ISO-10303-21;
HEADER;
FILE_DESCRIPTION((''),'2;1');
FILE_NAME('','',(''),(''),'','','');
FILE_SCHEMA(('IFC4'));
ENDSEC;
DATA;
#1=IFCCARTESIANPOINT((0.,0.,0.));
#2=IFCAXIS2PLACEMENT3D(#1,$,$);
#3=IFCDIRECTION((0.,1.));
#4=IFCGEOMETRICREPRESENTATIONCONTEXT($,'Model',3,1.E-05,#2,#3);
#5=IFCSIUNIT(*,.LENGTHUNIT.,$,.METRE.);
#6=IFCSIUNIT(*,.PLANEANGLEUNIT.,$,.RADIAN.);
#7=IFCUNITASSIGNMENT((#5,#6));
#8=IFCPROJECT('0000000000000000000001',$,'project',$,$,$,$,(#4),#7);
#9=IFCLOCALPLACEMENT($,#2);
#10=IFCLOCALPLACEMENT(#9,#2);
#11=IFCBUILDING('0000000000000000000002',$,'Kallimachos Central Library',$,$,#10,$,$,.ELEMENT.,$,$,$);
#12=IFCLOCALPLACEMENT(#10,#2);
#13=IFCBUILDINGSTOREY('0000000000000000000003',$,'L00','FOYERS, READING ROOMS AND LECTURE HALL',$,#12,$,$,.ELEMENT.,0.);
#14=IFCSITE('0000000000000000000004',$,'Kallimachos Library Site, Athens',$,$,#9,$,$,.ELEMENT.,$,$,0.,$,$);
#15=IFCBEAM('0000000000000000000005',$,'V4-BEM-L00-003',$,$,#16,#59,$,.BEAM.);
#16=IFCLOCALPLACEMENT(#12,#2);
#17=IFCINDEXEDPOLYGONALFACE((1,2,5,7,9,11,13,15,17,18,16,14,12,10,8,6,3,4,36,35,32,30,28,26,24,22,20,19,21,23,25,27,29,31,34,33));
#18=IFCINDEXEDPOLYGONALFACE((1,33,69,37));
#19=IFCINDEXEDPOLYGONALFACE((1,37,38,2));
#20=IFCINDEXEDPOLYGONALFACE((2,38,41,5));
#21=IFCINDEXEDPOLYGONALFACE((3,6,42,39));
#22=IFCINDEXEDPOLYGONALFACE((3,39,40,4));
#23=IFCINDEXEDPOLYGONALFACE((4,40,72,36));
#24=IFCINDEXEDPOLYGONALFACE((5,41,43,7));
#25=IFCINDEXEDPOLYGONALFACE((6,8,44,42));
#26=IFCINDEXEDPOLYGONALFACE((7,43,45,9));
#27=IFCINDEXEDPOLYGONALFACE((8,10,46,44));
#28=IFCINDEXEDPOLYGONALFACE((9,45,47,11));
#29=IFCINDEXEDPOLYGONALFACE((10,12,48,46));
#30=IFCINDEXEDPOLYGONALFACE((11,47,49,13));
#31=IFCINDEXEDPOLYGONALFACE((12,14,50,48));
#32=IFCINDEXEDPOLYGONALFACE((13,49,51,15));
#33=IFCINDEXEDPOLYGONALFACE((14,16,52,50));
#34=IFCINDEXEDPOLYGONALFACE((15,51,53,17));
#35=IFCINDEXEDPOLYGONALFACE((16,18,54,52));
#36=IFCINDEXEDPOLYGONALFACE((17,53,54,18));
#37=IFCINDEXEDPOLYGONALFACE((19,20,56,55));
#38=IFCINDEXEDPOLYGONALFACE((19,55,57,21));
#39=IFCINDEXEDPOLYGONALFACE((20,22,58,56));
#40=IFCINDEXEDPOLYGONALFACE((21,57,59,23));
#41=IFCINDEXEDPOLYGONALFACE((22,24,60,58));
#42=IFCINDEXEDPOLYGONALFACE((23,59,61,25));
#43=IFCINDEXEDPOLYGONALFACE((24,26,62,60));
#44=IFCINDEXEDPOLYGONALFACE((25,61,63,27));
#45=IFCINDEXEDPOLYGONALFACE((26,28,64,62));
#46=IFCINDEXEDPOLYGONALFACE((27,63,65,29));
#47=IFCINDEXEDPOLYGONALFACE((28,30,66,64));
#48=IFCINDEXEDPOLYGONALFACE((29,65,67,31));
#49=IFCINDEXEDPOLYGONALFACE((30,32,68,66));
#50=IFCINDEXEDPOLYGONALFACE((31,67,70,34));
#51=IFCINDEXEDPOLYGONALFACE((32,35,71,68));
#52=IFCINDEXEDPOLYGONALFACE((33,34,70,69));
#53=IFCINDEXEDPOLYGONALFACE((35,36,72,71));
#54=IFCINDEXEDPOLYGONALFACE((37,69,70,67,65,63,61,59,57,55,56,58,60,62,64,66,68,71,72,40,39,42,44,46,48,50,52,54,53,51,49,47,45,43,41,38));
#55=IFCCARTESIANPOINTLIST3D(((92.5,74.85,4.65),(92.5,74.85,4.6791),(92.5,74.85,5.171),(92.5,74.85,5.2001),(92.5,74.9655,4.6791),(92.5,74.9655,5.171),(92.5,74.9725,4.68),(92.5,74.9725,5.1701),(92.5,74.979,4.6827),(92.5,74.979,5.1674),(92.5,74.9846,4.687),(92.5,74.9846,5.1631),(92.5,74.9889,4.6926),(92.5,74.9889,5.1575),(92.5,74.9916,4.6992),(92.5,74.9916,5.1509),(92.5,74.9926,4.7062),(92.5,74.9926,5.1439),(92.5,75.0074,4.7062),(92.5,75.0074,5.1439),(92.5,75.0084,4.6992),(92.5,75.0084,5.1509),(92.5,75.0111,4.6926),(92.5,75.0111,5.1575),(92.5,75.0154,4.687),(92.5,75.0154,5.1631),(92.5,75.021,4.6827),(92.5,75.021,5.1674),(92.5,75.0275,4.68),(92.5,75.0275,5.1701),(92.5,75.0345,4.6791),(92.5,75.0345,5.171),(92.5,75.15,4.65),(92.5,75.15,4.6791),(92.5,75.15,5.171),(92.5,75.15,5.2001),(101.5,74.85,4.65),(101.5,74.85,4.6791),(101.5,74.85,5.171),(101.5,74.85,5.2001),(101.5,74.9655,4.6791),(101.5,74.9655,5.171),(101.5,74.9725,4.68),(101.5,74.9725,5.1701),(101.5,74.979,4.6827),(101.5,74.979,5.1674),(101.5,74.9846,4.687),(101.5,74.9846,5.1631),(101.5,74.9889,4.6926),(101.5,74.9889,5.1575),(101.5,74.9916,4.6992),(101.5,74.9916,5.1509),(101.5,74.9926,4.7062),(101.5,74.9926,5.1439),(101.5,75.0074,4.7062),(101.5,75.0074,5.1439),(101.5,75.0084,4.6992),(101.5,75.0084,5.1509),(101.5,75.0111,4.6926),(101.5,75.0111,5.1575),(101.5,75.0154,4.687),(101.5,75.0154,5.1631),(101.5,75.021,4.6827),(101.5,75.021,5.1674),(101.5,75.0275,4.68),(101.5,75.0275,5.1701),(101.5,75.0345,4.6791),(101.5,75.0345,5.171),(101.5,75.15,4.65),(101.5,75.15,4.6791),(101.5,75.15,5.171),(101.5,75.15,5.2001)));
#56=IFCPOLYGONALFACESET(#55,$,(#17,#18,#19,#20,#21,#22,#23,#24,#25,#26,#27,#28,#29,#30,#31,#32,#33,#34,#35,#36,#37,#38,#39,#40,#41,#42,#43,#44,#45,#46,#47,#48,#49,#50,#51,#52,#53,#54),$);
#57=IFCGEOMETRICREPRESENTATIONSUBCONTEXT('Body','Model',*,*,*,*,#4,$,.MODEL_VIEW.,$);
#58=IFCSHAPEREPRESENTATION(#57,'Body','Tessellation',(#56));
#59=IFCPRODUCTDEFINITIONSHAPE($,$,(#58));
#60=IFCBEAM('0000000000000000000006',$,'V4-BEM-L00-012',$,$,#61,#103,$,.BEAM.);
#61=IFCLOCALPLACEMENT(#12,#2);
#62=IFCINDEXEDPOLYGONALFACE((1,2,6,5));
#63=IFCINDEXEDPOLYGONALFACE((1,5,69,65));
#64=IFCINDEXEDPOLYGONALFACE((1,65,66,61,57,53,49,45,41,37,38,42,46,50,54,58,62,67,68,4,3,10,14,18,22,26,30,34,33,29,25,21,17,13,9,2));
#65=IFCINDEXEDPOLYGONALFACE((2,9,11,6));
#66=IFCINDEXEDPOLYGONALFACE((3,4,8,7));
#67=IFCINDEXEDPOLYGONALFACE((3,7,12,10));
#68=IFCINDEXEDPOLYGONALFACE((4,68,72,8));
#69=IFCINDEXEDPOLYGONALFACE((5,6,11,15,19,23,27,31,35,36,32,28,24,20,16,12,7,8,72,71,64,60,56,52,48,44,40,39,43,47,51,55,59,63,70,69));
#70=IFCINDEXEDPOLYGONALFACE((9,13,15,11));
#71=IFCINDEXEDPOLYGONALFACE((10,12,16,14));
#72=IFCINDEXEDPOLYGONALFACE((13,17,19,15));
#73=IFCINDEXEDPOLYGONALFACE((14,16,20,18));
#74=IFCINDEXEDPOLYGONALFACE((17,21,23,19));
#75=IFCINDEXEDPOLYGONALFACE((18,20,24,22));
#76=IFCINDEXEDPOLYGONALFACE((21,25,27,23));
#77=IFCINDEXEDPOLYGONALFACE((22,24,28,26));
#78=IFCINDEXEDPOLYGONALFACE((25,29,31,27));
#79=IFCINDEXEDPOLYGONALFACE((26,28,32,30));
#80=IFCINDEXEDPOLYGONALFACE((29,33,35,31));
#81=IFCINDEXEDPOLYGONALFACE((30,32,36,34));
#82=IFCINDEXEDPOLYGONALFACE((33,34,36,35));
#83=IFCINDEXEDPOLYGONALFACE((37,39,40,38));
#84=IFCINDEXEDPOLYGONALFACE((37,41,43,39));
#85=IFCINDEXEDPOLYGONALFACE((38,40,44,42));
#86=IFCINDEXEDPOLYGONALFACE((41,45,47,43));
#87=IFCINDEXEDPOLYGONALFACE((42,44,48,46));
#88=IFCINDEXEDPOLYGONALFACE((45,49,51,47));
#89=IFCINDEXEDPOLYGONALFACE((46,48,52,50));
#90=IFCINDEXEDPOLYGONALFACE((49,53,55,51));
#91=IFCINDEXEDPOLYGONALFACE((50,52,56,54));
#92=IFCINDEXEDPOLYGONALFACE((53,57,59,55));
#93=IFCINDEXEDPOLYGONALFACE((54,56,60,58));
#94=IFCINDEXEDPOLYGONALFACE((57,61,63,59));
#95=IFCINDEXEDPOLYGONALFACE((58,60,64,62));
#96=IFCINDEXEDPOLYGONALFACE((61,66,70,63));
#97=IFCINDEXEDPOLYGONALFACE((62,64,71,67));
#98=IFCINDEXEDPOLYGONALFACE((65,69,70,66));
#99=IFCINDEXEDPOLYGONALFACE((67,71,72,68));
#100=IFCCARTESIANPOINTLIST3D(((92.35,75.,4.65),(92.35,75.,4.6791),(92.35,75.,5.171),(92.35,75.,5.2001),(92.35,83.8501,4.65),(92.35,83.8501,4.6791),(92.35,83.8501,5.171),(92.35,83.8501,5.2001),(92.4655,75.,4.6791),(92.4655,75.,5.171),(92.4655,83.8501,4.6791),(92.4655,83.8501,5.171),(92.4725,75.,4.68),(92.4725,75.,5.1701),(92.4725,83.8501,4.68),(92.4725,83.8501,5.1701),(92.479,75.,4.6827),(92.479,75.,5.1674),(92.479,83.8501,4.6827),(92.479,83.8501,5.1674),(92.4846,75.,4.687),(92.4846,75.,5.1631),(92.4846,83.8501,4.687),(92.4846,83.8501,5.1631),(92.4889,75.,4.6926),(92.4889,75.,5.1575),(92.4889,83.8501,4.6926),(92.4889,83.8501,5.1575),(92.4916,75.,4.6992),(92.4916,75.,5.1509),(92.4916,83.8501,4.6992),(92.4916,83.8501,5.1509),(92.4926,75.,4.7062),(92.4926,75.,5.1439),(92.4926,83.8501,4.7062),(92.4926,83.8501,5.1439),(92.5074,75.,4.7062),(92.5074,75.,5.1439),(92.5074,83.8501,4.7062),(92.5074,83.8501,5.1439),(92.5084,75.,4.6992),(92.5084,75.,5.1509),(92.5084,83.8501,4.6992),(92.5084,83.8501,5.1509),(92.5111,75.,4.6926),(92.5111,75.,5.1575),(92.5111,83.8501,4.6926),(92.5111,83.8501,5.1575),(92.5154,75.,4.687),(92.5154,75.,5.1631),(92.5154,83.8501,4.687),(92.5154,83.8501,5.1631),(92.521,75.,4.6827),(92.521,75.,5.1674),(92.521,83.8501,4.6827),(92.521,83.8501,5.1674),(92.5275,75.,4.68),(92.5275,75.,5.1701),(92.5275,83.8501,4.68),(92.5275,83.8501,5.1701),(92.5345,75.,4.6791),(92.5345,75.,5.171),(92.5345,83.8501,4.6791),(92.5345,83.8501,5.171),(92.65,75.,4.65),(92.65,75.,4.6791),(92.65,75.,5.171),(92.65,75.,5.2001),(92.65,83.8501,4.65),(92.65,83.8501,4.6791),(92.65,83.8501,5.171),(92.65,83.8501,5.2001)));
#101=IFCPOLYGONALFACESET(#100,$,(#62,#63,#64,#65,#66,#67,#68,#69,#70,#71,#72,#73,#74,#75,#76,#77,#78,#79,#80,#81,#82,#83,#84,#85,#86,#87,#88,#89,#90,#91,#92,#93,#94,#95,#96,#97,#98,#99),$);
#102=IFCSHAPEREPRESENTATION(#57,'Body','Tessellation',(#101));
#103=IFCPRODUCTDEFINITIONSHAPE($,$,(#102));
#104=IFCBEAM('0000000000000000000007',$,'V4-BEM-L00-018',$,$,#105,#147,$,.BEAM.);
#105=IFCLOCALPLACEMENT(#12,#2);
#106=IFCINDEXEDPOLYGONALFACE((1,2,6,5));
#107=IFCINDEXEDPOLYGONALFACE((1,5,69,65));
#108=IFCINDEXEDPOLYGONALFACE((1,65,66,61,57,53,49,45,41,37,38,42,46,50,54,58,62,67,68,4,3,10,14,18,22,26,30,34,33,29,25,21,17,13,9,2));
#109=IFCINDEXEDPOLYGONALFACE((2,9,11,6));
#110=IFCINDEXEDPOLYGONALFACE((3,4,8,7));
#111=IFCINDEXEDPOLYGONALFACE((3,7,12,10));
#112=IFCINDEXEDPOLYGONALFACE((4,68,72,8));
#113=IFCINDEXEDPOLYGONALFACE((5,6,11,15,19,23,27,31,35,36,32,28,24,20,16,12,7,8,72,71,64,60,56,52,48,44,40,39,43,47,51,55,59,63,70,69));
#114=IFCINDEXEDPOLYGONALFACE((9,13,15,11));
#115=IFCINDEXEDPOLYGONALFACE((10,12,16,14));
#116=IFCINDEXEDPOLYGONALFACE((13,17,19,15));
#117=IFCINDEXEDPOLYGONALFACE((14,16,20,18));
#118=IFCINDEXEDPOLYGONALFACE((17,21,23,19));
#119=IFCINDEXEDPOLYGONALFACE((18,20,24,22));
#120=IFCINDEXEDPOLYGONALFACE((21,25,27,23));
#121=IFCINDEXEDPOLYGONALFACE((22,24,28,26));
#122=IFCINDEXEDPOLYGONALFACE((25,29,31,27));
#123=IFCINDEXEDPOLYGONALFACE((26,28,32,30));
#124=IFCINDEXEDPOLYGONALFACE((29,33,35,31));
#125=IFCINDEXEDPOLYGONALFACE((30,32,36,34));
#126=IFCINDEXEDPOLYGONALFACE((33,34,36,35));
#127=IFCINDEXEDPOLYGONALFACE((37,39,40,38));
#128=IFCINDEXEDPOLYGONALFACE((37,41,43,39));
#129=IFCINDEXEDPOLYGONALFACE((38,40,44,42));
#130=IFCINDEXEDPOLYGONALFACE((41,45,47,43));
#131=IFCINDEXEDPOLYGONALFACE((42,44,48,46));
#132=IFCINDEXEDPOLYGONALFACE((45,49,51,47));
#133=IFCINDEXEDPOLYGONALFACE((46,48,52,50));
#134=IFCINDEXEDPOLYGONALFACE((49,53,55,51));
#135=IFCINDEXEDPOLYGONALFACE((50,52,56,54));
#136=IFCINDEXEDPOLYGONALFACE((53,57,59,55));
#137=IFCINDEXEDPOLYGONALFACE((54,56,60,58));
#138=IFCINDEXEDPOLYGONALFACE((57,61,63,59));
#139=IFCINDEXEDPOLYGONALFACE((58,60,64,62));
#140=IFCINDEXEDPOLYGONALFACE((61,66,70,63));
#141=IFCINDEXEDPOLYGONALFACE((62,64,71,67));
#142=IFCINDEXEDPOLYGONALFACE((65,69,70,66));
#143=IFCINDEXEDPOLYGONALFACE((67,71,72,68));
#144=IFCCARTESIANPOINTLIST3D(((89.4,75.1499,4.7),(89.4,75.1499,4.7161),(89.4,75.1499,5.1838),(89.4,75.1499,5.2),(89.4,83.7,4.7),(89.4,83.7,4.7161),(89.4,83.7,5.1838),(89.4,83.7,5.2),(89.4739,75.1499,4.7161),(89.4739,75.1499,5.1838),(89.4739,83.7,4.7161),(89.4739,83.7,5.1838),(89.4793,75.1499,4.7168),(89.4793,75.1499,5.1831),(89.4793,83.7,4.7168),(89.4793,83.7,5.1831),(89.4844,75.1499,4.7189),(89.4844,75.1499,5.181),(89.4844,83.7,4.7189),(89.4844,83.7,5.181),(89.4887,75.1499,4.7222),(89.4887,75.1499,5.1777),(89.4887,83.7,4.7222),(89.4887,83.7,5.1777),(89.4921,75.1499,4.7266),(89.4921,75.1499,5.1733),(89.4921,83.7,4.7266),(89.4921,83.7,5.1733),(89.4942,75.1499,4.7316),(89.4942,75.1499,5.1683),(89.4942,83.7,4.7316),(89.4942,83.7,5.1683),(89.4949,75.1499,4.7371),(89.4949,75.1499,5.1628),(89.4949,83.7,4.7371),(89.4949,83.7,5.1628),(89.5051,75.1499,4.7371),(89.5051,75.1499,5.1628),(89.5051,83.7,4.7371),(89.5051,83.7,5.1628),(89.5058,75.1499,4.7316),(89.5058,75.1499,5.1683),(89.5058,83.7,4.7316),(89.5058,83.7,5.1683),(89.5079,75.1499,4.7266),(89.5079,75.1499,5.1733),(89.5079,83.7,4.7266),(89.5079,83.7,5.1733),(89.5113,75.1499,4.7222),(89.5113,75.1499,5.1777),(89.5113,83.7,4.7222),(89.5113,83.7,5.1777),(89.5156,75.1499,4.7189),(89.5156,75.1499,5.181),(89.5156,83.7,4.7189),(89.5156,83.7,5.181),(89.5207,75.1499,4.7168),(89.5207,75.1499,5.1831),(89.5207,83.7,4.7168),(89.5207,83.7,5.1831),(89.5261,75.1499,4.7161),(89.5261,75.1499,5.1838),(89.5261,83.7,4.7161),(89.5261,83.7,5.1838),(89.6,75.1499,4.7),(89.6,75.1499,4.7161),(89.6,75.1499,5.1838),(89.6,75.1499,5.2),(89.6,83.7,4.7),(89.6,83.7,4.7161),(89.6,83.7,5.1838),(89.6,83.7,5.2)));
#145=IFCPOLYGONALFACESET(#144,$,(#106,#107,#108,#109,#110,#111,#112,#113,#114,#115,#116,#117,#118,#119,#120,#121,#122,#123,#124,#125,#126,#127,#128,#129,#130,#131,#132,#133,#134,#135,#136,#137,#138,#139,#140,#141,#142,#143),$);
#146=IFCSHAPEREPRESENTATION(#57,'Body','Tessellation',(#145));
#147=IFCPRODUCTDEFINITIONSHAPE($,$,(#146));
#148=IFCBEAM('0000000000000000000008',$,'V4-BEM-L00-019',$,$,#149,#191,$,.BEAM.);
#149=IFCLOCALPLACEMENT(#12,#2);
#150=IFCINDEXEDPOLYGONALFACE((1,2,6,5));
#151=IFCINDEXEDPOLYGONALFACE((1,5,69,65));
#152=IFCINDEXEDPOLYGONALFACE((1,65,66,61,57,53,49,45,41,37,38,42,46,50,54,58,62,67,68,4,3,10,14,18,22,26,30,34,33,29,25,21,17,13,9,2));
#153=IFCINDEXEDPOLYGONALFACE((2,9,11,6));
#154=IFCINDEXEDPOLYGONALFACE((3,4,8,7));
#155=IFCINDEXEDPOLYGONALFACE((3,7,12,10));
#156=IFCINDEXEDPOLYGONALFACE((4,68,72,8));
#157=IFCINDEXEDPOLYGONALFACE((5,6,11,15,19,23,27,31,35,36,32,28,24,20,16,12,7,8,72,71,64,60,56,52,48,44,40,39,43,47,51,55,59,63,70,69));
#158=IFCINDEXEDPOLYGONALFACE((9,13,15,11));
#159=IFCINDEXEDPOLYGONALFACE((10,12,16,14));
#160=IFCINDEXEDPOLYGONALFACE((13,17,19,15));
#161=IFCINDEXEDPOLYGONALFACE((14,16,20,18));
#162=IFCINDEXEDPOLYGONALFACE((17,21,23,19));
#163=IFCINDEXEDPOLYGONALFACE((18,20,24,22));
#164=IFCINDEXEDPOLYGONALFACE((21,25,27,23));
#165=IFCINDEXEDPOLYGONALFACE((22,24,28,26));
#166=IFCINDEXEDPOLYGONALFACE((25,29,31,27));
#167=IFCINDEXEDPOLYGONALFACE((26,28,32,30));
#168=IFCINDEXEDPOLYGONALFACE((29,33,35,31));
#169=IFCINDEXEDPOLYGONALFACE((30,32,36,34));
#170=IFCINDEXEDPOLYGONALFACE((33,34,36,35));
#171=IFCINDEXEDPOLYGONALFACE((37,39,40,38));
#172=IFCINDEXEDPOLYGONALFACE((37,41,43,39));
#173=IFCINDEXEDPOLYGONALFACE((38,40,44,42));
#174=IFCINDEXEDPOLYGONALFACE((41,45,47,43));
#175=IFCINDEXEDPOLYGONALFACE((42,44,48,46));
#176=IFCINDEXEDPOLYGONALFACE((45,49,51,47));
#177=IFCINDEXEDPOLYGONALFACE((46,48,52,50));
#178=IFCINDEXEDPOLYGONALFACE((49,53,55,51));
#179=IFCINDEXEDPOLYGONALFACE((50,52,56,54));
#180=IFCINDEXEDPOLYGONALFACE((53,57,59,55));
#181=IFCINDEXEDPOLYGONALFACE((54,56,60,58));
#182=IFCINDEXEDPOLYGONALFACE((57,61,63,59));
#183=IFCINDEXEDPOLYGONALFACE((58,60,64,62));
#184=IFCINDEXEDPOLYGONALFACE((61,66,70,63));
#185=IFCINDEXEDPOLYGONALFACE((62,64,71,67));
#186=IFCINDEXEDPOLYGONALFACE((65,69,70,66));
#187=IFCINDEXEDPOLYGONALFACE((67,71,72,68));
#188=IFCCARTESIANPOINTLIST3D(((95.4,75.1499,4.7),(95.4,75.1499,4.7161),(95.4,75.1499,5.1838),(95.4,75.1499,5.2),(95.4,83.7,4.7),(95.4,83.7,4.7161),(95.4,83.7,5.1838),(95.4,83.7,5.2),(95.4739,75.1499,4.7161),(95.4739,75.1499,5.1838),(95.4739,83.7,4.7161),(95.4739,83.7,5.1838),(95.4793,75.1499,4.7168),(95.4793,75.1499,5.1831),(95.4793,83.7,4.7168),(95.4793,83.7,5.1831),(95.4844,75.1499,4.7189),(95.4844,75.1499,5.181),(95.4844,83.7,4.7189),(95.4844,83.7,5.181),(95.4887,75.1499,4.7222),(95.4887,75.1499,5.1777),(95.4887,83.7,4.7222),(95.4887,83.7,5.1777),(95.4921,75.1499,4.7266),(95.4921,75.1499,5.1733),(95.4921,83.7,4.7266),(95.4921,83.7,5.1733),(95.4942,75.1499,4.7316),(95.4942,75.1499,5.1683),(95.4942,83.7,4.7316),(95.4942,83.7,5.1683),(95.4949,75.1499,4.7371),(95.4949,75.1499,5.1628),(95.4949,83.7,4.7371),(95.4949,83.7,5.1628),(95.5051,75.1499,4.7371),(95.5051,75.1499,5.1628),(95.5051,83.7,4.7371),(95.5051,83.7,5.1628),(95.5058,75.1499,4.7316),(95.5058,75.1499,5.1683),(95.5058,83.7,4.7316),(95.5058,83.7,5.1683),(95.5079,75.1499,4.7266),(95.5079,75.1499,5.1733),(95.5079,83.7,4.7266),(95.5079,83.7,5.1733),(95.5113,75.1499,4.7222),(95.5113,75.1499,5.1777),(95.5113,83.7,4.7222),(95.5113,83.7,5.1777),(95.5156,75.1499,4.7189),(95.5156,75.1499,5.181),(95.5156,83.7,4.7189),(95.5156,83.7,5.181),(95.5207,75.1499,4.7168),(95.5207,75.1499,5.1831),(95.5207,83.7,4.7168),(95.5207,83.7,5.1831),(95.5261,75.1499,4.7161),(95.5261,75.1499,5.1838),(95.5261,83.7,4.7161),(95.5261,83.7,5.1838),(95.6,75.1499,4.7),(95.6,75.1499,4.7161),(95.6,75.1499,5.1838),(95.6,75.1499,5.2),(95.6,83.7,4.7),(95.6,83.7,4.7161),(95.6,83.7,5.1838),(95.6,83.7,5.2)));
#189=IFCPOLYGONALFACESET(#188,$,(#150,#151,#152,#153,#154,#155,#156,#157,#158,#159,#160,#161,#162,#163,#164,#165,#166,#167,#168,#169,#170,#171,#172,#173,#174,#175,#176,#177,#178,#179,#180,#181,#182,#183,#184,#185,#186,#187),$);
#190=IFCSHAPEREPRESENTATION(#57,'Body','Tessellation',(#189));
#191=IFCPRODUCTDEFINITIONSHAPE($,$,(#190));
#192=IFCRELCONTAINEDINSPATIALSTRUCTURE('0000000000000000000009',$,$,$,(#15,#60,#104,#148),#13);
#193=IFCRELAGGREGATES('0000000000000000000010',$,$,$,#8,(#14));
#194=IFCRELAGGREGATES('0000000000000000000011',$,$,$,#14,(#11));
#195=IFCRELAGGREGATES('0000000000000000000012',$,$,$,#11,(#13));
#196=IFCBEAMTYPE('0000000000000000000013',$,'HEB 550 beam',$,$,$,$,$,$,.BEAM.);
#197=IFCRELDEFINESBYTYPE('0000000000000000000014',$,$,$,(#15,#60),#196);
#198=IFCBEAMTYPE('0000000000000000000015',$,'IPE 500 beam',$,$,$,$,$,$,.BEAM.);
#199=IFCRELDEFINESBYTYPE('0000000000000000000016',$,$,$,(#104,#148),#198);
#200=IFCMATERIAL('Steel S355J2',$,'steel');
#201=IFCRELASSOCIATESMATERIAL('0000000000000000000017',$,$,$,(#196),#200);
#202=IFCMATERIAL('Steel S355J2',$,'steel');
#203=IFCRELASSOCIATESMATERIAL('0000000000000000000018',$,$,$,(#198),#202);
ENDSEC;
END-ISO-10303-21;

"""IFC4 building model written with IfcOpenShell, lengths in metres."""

from ifc_helpers import new_model, si_unit, direction, frame, origin, origin_2d, place, context, subcontext, project, spatial, i_section, extrude, material, material_profile, profile_set, type_object, element, save


model = new_model("IFC4")

# Units and contexts
model_context = context("Model", 3, precision=1e-05, world=origin(), true_north=direction((0.0, 1.0)))
body_context = subcontext(model_context, "Body", "Model", "MODEL_VIEW")
ifc_project = project(units=[si_unit("LENGTHUNIT", "METRE"), si_unit("PLANEANGLEUNIT", "RADIAN")], contexts=[model_context])

# Site, building, storey
site_placement = place(None, origin())
site = spatial("IfcSite", under=ifc_project, at=site_placement, Name="Kallimachos Library Site, Athens", CompositionType="ELEMENT", RefElevation=0.0)
building_placement = place(site_placement, origin())
building = spatial("IfcBuilding", under=site, at=building_placement, Name="Kallimachos Central Library", CompositionType="ELEMENT")
storey_placement = place(building_placement, origin())
storey = spatial("IfcBuildingStorey", under=building, at=storey_placement, Name="L00", Description="FOYERS, READING ROOMS AND LECTURE HALL", CompositionType="ELEMENT", Elevation=0.0)

# Beams
ifc_material_1 = material(Name="Steel S355J2", Category="steel")
ifc_material_profile_1 = material_profile(ifc_material_1, i_section(OverallWidth=0.3, OverallDepth=0.55, WebThickness=0.0149, FlangeThickness=0.0291, FilletRadius=0.0271, at=origin_2d()), Name="HEB 550")
ifc_profile_set_1 = profile_set([ifc_material_profile_1], Name="Steel S355J2")
beam_type_1 = type_object("IfcBeamType", Name="HEB 550 beam", PredefinedType="BEAM", material=ifc_profile_set_1)
beam_1_placement = place(storey_placement, frame((92.5, 75.0, 4.925), z_axis=(1.0, 0.0, 0.0), x_axis=(0.0, 1.0, 0.0)))
element("IfcBeam", 1, at=beam_1_placement, inside=storey, type_object=beam_type_1, Name="V4-BEM-L00-003", PredefinedType="BEAM", context=body_context, shape_type="SweptSolid", body=[
    extrude(i_section(OverallWidth=0.3, OverallDepth=0.55, WebThickness=0.0149, FlangeThickness=0.0291, FilletRadius=0.0271, at=origin_2d()), origin(), (0.0, 0.0, 1.0), 9.0),
])
beam_2_placement = place(storey_placement, frame((92.5, 75.0, 4.925), z_axis=(0.0, 1.0, 0.0), x_axis=(-1.0, 0.0, 0.0)))
element("IfcBeam", 2, at=beam_2_placement, inside=storey, type_object=beam_type_1, Name="V4-BEM-L00-012", PredefinedType="BEAM", context=body_context, shape_type="SweptSolid", body=[
    extrude(i_section(OverallWidth=0.3, OverallDepth=0.55, WebThickness=0.0149, FlangeThickness=0.0291, FilletRadius=0.0271, at=origin_2d()), origin(), (0.0, 0.0, 1.0), 8.8501),
])
ifc_material_2 = material(Name="Steel S355J2", Category="steel")
ifc_material_profile_2 = material_profile(ifc_material_2, i_section(OverallWidth=0.2, OverallDepth=0.5, WebThickness=0.0103, FlangeThickness=0.0161, FilletRadius=0.021, at=origin_2d()), Name="IPE 500")
ifc_profile_set_2 = profile_set([ifc_material_profile_2], Name="Steel S355J2")
beam_type_2 = type_object("IfcBeamType", Name="IPE 500 beam", PredefinedType="BEAM", material=ifc_profile_set_2)
for number, where, z_axis, x_axis, name in (
    (3, (89.5, 75.1499, 4.95), (0.0, 1.0, 0.0), (-1.0, 0.0, 0.0), "V4-BEM-L00-018"),
    (4, (95.5, 75.1499, 4.95), (0.0, 1.0, 0.0), (-1.0, 0.0, 0.0), "V4-BEM-L00-019"),
):
    element("IfcBeam", number, at=place(storey_placement, frame(where, z_axis=z_axis, x_axis=x_axis)), inside=storey, type_object=beam_type_2, Name=name, PredefinedType="BEAM", context=body_context, shape_type="SweptSolid", body=[
        extrude(i_section(OverallWidth=0.2, OverallDepth=0.5, WebThickness=0.0103, FlangeThickness=0.0161, FilletRadius=0.021, at=origin_2d()), origin(), (0.0, 0.0, 1.0), 8.55),
    ])

save(model, "model.ifc")
